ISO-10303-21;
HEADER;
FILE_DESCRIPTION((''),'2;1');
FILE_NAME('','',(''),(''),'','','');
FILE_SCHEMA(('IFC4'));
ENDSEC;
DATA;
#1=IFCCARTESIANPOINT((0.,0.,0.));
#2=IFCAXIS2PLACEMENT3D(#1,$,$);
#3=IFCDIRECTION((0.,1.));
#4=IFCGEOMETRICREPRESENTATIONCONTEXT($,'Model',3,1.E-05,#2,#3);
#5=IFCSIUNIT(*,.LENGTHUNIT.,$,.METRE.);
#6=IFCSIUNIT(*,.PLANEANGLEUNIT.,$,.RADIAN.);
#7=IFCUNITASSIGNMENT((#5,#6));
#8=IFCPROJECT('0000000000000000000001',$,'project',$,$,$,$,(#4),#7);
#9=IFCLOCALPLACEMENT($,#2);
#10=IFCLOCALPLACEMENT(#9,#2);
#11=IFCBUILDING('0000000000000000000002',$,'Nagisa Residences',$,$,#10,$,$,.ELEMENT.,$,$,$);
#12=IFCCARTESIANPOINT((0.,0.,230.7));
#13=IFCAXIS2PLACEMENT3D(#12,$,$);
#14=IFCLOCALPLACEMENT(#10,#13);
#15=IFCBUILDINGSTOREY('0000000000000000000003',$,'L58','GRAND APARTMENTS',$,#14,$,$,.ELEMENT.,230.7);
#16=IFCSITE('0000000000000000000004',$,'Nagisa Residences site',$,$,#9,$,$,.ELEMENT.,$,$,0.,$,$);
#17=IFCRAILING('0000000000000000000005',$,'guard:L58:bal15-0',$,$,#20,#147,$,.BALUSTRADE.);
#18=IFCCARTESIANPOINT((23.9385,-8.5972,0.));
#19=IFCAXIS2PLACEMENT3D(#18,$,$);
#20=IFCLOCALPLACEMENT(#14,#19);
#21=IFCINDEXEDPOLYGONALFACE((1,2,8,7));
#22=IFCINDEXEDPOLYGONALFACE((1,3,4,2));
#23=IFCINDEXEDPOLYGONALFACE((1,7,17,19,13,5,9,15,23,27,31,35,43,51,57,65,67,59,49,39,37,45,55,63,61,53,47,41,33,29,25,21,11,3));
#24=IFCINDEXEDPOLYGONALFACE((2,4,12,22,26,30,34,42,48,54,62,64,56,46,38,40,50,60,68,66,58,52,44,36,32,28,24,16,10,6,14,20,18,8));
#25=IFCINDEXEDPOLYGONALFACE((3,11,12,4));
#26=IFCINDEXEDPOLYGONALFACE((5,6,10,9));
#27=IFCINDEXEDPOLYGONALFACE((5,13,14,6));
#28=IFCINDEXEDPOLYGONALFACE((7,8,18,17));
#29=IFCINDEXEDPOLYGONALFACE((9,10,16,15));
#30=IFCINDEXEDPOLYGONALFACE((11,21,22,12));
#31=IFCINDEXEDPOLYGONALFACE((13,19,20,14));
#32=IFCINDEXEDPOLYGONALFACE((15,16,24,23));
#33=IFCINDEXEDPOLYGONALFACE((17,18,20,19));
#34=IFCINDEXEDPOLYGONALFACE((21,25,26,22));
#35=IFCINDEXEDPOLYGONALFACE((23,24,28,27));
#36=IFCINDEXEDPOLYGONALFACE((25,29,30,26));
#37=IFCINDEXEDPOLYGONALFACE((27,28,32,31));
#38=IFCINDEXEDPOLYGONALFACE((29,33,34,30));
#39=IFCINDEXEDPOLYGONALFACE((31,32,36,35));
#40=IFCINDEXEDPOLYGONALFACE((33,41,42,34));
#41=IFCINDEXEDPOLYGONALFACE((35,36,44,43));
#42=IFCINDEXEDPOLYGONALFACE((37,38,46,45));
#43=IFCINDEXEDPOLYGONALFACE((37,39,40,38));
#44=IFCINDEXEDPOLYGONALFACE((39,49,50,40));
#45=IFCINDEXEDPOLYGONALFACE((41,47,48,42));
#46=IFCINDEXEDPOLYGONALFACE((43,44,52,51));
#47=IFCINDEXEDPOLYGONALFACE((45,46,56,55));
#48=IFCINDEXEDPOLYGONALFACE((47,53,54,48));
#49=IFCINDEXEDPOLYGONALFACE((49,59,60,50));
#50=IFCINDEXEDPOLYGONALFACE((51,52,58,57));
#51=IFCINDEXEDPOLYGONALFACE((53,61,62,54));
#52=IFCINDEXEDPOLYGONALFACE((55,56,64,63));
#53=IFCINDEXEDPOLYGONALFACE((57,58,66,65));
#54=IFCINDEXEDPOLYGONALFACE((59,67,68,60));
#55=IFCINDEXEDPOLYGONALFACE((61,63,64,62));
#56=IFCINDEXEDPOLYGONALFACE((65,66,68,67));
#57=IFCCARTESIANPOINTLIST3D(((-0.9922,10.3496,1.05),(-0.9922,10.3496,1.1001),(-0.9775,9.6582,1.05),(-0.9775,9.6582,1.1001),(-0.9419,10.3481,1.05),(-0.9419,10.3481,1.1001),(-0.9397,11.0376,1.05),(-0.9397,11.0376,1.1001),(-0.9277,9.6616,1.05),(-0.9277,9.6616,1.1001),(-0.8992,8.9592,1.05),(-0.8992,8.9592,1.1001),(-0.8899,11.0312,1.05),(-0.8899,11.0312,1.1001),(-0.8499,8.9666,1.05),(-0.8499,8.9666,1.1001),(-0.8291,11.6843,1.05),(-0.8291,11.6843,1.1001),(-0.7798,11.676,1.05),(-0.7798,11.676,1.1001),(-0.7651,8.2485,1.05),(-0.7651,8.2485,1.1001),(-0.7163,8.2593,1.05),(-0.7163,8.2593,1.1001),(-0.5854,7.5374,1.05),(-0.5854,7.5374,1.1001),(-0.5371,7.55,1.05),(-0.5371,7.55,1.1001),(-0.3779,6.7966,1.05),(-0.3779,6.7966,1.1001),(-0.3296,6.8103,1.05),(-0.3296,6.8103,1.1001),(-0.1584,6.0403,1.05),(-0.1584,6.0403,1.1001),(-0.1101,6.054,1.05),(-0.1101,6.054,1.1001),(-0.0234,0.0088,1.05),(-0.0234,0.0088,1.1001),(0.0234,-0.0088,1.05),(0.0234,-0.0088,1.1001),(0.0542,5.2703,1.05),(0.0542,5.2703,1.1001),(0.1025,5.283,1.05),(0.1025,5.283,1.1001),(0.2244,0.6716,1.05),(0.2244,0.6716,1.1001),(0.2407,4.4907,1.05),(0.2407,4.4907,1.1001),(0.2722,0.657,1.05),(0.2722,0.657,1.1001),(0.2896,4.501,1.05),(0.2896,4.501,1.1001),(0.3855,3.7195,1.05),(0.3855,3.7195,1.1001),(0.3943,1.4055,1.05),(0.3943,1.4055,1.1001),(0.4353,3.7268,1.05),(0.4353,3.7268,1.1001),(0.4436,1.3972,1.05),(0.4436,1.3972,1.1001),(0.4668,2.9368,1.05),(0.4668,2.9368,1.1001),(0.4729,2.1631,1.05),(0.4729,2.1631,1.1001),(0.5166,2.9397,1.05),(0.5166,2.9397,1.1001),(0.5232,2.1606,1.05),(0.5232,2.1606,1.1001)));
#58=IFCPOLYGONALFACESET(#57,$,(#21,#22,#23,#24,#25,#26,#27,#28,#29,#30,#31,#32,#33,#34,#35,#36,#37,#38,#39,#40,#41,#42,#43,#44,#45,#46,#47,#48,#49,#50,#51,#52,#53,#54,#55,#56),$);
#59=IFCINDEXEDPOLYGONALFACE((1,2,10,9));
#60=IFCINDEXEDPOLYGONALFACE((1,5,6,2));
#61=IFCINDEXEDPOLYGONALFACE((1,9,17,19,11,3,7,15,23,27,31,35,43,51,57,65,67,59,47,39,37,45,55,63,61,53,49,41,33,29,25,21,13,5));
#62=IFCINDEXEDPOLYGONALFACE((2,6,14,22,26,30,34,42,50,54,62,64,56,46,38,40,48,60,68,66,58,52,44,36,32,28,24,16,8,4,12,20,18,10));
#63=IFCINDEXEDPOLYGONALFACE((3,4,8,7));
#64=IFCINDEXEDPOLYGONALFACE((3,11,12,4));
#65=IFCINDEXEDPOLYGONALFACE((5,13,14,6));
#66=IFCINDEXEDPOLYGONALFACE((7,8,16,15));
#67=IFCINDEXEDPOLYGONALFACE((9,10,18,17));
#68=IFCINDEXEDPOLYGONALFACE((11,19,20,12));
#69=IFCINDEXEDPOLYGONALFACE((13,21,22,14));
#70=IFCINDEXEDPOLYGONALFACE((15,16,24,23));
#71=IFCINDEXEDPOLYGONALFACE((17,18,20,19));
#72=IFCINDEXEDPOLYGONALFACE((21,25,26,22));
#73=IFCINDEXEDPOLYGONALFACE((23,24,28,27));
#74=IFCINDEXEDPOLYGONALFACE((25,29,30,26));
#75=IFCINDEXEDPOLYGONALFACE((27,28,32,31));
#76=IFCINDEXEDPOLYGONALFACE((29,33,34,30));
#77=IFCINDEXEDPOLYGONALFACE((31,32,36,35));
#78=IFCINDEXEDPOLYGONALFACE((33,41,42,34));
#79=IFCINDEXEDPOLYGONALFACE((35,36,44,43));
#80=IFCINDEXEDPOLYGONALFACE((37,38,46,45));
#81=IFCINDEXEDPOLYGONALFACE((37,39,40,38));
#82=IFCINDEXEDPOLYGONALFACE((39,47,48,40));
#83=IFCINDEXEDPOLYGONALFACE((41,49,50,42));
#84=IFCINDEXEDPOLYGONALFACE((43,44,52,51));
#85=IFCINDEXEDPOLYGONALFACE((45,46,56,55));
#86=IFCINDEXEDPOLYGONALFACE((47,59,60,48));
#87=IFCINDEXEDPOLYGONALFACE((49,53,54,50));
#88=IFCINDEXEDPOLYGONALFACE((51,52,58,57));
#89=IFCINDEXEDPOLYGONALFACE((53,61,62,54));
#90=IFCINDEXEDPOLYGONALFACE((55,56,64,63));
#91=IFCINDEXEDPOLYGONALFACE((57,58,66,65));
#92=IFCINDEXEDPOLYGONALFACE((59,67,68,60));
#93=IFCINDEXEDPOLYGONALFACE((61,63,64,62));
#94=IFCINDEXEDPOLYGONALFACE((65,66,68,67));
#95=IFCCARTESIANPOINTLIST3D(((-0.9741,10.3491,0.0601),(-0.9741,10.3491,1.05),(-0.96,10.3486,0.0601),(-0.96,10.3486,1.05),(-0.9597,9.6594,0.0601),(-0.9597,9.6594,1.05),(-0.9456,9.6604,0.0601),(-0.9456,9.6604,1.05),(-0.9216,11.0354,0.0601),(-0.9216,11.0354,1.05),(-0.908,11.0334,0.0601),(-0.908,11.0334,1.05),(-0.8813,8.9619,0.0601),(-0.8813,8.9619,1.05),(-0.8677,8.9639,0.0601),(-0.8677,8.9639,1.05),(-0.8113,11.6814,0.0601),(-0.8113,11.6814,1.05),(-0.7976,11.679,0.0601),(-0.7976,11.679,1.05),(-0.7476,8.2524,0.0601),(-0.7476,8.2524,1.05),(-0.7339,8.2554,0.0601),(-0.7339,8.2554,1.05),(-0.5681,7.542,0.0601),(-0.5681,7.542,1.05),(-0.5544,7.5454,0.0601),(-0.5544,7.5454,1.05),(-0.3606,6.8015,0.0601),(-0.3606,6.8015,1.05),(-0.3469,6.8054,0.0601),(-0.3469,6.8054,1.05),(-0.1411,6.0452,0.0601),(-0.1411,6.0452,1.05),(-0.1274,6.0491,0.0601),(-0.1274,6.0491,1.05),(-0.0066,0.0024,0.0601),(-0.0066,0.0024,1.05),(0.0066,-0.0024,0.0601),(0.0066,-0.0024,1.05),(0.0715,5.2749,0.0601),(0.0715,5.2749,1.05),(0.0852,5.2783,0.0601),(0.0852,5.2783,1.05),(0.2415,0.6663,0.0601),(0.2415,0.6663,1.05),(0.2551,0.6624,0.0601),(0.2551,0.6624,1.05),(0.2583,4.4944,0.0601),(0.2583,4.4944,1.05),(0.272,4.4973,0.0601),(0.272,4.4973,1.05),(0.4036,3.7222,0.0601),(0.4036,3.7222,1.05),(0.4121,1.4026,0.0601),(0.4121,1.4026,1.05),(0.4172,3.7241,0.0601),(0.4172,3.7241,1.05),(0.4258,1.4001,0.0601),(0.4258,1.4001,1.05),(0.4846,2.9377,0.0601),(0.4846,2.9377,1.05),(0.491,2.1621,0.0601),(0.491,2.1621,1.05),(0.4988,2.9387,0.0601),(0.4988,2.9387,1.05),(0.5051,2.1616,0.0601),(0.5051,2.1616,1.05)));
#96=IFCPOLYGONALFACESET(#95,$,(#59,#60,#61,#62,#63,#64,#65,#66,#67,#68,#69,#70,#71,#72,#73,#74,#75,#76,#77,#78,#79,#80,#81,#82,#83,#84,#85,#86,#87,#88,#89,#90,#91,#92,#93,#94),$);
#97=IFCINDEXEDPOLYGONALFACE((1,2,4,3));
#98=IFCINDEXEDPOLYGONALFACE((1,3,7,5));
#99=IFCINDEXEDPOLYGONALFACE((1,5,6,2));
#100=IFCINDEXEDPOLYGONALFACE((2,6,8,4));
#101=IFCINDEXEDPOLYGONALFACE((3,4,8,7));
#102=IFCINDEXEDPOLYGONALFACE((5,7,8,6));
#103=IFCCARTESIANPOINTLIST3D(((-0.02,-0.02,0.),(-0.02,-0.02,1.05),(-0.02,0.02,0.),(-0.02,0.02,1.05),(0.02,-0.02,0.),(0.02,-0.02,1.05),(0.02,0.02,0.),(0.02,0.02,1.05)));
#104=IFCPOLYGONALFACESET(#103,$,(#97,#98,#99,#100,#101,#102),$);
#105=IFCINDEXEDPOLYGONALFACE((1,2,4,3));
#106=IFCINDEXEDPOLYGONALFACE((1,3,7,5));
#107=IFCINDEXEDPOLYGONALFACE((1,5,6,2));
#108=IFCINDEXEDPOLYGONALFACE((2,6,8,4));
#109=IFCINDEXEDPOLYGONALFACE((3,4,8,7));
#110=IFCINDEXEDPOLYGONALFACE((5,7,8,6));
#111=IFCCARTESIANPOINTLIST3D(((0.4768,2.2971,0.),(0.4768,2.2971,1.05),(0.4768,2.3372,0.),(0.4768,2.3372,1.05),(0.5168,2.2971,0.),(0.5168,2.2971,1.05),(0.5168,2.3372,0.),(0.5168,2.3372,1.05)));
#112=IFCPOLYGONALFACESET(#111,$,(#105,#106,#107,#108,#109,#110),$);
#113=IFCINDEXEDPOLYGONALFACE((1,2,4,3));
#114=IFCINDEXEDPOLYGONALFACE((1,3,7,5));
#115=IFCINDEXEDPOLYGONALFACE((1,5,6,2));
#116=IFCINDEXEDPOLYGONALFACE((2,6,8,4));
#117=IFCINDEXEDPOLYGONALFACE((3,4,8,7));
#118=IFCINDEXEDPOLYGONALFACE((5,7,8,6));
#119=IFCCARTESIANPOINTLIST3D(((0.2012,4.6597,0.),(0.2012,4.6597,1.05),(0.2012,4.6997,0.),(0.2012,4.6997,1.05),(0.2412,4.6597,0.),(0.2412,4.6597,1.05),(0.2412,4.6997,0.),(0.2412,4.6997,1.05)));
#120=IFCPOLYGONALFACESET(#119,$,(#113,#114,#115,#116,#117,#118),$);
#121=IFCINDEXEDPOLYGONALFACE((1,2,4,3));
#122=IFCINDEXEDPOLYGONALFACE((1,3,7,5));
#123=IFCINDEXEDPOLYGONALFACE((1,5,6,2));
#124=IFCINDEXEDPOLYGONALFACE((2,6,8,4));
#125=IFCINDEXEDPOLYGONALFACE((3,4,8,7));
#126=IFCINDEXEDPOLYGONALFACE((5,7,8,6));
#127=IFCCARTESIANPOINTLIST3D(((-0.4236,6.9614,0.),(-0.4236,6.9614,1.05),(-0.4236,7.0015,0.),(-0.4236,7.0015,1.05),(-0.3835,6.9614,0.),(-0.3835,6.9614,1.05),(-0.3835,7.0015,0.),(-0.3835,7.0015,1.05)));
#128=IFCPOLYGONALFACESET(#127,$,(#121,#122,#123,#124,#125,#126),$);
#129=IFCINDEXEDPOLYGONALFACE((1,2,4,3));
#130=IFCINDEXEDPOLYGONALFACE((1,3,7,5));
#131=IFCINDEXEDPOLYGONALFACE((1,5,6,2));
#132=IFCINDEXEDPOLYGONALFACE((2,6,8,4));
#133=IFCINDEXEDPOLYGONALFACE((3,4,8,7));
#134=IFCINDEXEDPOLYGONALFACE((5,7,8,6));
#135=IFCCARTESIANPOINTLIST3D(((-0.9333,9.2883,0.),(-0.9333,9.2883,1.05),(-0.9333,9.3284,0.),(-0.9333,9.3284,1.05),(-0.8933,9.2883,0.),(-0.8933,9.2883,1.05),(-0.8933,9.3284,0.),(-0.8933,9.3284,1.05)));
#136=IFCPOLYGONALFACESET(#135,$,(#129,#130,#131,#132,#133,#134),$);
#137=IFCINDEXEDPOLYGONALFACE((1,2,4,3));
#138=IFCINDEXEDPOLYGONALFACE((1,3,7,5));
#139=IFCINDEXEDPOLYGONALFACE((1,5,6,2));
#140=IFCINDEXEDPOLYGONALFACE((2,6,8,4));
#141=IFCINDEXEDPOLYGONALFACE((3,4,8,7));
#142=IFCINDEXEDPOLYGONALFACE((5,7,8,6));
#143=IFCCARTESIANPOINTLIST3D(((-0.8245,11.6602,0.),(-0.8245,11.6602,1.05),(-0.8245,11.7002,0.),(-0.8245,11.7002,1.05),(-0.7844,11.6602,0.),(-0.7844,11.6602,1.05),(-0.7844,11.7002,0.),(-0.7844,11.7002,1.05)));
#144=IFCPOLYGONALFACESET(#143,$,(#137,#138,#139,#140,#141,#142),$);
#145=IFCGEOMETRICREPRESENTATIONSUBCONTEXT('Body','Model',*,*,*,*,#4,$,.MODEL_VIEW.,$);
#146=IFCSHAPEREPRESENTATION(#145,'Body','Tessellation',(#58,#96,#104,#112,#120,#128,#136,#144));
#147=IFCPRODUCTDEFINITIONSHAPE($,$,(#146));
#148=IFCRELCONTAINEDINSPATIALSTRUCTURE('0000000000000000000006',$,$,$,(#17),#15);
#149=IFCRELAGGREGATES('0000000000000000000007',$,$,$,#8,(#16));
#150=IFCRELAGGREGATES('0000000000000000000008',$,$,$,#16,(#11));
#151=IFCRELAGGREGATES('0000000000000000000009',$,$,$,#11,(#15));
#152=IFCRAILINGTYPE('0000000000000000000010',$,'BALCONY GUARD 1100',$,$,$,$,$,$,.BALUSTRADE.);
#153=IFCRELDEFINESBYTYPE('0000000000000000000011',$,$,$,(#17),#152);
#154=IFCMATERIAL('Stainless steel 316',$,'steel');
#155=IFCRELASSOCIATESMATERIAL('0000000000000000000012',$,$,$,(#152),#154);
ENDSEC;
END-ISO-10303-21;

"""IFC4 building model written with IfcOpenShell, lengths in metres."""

from ifc_helpers import new_model, si_unit, direction, frame, origin, origin_2d, place, context, subcontext, project, spatial, polyline, rectangle, outline, extrude, material, type_object, element, save


model = new_model("IFC4")

# Units and contexts
model_context = context("Model", 3, precision=1e-05, world=origin(), true_north=direction((0.0, 1.0)))
body_context = subcontext(model_context, "Body", "Model", "MODEL_VIEW")
ifc_project = project(units=[si_unit("LENGTHUNIT", "METRE"), si_unit("PLANEANGLEUNIT", "RADIAN")], contexts=[model_context])

# Site, building, storey
site_placement = place(None, origin())
site = spatial("IfcSite", under=ifc_project, at=site_placement, Name="Nagisa Residences site", CompositionType="ELEMENT", RefElevation=0.0)
building_placement = place(site_placement, origin())
building = spatial("IfcBuilding", under=site, at=building_placement, Name="Nagisa Residences", CompositionType="ELEMENT")
storey_placement = place(building_placement, frame((0.0, 0.0, 230.7)))
storey = spatial("IfcBuildingStorey", under=building, at=storey_placement, Name="L58", Description="GRAND APARTMENTS", CompositionType="ELEMENT", Elevation=230.7)

# Railing
ifc_material_1 = material(Name="Stainless steel 316", Category="steel")
railing_type_1 = type_object("IfcRailingType", Name="BALCONY GUARD 1100", PredefinedType="BALUSTRADE", material=ifc_material_1)
railing_1_placement = place(storey_placement, frame((23.9385, -8.5972, 0.0)))
element("IfcRailing", 1, at=railing_1_placement, inside=storey, type_object=railing_type_1, Name="guard:L58:bal15-0", PredefinedType="BALUSTRADE", context=body_context, shape_type="SweptSolid", body=[
    extrude(outline(polyline([(0.2244, 0.6716), (-0.0234, 0.0088), (0.0234, -0.0088), (0.2722, 0.657), (0.4436, 1.3972), (0.5232, 2.1606), (0.5166, 2.9397), (0.4353, 3.7268), (0.2896, 4.501), (0.1025, 5.283), (-0.1101, 6.054), (-0.3296, 6.8103), (-0.5371, 7.55), (-0.7163, 8.2593), (-0.8499, 8.9666), (-0.9277, 9.6616), (-0.9419, 10.3481), (-0.8899, 11.0312), (-0.7798, 11.676), (-0.8291, 11.6843), (-0.9397, 11.0376), (-0.9922, 10.3496), (-0.9775, 9.6582), (-0.8992, 8.9592), (-0.7651, 8.2485), (-0.5854, 7.5374), (-0.3779, 6.7966), (-0.1584, 6.0403), (0.0542, 5.2703), (0.2407, 4.4907), (0.3855, 3.7195), (0.4668, 2.9368), (0.4729, 2.1631), (0.3943, 1.4055), (0.2244, 0.6716)])), frame((0.0, 0.0, 1.05)), (0.0, 0.0, 1.0), 0.05),
    extrude(outline(polyline([(0.2415, 0.6663), (-0.0066, 0.0024), (0.0066, -0.0024), (0.2551, 0.6624), (0.4258, 1.4001), (0.5051, 2.1616), (0.4988, 2.9387), (0.4172, 3.7241), (0.272, 4.4973), (0.0852, 5.2783), (-0.1274, 6.0491), (-0.3469, 6.8054), (-0.5544, 7.5454), (-0.7339, 8.2554), (-0.8677, 8.9639), (-0.9456, 9.6604), (-0.96, 10.3486), (-0.908, 11.0334), (-0.7976, 11.679), (-0.8113, 11.6814), (-0.9216, 11.0354), (-0.9741, 10.3491), (-0.9597, 9.6594), (-0.8813, 8.9619), (-0.7476, 8.2524), (-0.5681, 7.542), (-0.3606, 6.8015), (-0.1411, 6.0452), (0.0715, 5.2749), (0.2583, 4.4944), (0.4036, 3.7222), (0.4846, 2.9377), (0.491, 2.1621), (0.4121, 1.4026), (0.2415, 0.6663)])), frame((0.0, 0.0, 0.0601)), (0.0, 0.0, 1.0), 0.99),
    extrude(rectangle(XDim=0.04, YDim=0.04, at=origin_2d()), origin(), (0.0, 0.0, 1.0), 1.05),
    extrude(rectangle(XDim=0.04, YDim=0.04, at=origin_2d()), frame((0.4968, 2.3171, 0.0)), (0.0, 0.0, 1.0), 1.05),
    extrude(rectangle(XDim=0.04, YDim=0.04, at=origin_2d()), frame((0.2212, 4.6797, 0.0)), (0.0, 0.0, 1.0), 1.05),
    extrude(rectangle(XDim=0.04, YDim=0.04, at=origin_2d()), frame((-0.4036, 6.9814, 0.0)), (0.0, 0.0, 1.0), 1.05),
    extrude(rectangle(XDim=0.04, YDim=0.04, at=origin_2d()), frame((-0.9133, 9.3083, 0.0)), (0.0, 0.0, 1.0), 1.05),
    extrude(rectangle(XDim=0.04, YDim=0.04, at=origin_2d()), frame((-0.8044, 11.6802, 0.0)), (0.0, 0.0, 1.0), 1.05),
])

save(model, "model.ifc")
